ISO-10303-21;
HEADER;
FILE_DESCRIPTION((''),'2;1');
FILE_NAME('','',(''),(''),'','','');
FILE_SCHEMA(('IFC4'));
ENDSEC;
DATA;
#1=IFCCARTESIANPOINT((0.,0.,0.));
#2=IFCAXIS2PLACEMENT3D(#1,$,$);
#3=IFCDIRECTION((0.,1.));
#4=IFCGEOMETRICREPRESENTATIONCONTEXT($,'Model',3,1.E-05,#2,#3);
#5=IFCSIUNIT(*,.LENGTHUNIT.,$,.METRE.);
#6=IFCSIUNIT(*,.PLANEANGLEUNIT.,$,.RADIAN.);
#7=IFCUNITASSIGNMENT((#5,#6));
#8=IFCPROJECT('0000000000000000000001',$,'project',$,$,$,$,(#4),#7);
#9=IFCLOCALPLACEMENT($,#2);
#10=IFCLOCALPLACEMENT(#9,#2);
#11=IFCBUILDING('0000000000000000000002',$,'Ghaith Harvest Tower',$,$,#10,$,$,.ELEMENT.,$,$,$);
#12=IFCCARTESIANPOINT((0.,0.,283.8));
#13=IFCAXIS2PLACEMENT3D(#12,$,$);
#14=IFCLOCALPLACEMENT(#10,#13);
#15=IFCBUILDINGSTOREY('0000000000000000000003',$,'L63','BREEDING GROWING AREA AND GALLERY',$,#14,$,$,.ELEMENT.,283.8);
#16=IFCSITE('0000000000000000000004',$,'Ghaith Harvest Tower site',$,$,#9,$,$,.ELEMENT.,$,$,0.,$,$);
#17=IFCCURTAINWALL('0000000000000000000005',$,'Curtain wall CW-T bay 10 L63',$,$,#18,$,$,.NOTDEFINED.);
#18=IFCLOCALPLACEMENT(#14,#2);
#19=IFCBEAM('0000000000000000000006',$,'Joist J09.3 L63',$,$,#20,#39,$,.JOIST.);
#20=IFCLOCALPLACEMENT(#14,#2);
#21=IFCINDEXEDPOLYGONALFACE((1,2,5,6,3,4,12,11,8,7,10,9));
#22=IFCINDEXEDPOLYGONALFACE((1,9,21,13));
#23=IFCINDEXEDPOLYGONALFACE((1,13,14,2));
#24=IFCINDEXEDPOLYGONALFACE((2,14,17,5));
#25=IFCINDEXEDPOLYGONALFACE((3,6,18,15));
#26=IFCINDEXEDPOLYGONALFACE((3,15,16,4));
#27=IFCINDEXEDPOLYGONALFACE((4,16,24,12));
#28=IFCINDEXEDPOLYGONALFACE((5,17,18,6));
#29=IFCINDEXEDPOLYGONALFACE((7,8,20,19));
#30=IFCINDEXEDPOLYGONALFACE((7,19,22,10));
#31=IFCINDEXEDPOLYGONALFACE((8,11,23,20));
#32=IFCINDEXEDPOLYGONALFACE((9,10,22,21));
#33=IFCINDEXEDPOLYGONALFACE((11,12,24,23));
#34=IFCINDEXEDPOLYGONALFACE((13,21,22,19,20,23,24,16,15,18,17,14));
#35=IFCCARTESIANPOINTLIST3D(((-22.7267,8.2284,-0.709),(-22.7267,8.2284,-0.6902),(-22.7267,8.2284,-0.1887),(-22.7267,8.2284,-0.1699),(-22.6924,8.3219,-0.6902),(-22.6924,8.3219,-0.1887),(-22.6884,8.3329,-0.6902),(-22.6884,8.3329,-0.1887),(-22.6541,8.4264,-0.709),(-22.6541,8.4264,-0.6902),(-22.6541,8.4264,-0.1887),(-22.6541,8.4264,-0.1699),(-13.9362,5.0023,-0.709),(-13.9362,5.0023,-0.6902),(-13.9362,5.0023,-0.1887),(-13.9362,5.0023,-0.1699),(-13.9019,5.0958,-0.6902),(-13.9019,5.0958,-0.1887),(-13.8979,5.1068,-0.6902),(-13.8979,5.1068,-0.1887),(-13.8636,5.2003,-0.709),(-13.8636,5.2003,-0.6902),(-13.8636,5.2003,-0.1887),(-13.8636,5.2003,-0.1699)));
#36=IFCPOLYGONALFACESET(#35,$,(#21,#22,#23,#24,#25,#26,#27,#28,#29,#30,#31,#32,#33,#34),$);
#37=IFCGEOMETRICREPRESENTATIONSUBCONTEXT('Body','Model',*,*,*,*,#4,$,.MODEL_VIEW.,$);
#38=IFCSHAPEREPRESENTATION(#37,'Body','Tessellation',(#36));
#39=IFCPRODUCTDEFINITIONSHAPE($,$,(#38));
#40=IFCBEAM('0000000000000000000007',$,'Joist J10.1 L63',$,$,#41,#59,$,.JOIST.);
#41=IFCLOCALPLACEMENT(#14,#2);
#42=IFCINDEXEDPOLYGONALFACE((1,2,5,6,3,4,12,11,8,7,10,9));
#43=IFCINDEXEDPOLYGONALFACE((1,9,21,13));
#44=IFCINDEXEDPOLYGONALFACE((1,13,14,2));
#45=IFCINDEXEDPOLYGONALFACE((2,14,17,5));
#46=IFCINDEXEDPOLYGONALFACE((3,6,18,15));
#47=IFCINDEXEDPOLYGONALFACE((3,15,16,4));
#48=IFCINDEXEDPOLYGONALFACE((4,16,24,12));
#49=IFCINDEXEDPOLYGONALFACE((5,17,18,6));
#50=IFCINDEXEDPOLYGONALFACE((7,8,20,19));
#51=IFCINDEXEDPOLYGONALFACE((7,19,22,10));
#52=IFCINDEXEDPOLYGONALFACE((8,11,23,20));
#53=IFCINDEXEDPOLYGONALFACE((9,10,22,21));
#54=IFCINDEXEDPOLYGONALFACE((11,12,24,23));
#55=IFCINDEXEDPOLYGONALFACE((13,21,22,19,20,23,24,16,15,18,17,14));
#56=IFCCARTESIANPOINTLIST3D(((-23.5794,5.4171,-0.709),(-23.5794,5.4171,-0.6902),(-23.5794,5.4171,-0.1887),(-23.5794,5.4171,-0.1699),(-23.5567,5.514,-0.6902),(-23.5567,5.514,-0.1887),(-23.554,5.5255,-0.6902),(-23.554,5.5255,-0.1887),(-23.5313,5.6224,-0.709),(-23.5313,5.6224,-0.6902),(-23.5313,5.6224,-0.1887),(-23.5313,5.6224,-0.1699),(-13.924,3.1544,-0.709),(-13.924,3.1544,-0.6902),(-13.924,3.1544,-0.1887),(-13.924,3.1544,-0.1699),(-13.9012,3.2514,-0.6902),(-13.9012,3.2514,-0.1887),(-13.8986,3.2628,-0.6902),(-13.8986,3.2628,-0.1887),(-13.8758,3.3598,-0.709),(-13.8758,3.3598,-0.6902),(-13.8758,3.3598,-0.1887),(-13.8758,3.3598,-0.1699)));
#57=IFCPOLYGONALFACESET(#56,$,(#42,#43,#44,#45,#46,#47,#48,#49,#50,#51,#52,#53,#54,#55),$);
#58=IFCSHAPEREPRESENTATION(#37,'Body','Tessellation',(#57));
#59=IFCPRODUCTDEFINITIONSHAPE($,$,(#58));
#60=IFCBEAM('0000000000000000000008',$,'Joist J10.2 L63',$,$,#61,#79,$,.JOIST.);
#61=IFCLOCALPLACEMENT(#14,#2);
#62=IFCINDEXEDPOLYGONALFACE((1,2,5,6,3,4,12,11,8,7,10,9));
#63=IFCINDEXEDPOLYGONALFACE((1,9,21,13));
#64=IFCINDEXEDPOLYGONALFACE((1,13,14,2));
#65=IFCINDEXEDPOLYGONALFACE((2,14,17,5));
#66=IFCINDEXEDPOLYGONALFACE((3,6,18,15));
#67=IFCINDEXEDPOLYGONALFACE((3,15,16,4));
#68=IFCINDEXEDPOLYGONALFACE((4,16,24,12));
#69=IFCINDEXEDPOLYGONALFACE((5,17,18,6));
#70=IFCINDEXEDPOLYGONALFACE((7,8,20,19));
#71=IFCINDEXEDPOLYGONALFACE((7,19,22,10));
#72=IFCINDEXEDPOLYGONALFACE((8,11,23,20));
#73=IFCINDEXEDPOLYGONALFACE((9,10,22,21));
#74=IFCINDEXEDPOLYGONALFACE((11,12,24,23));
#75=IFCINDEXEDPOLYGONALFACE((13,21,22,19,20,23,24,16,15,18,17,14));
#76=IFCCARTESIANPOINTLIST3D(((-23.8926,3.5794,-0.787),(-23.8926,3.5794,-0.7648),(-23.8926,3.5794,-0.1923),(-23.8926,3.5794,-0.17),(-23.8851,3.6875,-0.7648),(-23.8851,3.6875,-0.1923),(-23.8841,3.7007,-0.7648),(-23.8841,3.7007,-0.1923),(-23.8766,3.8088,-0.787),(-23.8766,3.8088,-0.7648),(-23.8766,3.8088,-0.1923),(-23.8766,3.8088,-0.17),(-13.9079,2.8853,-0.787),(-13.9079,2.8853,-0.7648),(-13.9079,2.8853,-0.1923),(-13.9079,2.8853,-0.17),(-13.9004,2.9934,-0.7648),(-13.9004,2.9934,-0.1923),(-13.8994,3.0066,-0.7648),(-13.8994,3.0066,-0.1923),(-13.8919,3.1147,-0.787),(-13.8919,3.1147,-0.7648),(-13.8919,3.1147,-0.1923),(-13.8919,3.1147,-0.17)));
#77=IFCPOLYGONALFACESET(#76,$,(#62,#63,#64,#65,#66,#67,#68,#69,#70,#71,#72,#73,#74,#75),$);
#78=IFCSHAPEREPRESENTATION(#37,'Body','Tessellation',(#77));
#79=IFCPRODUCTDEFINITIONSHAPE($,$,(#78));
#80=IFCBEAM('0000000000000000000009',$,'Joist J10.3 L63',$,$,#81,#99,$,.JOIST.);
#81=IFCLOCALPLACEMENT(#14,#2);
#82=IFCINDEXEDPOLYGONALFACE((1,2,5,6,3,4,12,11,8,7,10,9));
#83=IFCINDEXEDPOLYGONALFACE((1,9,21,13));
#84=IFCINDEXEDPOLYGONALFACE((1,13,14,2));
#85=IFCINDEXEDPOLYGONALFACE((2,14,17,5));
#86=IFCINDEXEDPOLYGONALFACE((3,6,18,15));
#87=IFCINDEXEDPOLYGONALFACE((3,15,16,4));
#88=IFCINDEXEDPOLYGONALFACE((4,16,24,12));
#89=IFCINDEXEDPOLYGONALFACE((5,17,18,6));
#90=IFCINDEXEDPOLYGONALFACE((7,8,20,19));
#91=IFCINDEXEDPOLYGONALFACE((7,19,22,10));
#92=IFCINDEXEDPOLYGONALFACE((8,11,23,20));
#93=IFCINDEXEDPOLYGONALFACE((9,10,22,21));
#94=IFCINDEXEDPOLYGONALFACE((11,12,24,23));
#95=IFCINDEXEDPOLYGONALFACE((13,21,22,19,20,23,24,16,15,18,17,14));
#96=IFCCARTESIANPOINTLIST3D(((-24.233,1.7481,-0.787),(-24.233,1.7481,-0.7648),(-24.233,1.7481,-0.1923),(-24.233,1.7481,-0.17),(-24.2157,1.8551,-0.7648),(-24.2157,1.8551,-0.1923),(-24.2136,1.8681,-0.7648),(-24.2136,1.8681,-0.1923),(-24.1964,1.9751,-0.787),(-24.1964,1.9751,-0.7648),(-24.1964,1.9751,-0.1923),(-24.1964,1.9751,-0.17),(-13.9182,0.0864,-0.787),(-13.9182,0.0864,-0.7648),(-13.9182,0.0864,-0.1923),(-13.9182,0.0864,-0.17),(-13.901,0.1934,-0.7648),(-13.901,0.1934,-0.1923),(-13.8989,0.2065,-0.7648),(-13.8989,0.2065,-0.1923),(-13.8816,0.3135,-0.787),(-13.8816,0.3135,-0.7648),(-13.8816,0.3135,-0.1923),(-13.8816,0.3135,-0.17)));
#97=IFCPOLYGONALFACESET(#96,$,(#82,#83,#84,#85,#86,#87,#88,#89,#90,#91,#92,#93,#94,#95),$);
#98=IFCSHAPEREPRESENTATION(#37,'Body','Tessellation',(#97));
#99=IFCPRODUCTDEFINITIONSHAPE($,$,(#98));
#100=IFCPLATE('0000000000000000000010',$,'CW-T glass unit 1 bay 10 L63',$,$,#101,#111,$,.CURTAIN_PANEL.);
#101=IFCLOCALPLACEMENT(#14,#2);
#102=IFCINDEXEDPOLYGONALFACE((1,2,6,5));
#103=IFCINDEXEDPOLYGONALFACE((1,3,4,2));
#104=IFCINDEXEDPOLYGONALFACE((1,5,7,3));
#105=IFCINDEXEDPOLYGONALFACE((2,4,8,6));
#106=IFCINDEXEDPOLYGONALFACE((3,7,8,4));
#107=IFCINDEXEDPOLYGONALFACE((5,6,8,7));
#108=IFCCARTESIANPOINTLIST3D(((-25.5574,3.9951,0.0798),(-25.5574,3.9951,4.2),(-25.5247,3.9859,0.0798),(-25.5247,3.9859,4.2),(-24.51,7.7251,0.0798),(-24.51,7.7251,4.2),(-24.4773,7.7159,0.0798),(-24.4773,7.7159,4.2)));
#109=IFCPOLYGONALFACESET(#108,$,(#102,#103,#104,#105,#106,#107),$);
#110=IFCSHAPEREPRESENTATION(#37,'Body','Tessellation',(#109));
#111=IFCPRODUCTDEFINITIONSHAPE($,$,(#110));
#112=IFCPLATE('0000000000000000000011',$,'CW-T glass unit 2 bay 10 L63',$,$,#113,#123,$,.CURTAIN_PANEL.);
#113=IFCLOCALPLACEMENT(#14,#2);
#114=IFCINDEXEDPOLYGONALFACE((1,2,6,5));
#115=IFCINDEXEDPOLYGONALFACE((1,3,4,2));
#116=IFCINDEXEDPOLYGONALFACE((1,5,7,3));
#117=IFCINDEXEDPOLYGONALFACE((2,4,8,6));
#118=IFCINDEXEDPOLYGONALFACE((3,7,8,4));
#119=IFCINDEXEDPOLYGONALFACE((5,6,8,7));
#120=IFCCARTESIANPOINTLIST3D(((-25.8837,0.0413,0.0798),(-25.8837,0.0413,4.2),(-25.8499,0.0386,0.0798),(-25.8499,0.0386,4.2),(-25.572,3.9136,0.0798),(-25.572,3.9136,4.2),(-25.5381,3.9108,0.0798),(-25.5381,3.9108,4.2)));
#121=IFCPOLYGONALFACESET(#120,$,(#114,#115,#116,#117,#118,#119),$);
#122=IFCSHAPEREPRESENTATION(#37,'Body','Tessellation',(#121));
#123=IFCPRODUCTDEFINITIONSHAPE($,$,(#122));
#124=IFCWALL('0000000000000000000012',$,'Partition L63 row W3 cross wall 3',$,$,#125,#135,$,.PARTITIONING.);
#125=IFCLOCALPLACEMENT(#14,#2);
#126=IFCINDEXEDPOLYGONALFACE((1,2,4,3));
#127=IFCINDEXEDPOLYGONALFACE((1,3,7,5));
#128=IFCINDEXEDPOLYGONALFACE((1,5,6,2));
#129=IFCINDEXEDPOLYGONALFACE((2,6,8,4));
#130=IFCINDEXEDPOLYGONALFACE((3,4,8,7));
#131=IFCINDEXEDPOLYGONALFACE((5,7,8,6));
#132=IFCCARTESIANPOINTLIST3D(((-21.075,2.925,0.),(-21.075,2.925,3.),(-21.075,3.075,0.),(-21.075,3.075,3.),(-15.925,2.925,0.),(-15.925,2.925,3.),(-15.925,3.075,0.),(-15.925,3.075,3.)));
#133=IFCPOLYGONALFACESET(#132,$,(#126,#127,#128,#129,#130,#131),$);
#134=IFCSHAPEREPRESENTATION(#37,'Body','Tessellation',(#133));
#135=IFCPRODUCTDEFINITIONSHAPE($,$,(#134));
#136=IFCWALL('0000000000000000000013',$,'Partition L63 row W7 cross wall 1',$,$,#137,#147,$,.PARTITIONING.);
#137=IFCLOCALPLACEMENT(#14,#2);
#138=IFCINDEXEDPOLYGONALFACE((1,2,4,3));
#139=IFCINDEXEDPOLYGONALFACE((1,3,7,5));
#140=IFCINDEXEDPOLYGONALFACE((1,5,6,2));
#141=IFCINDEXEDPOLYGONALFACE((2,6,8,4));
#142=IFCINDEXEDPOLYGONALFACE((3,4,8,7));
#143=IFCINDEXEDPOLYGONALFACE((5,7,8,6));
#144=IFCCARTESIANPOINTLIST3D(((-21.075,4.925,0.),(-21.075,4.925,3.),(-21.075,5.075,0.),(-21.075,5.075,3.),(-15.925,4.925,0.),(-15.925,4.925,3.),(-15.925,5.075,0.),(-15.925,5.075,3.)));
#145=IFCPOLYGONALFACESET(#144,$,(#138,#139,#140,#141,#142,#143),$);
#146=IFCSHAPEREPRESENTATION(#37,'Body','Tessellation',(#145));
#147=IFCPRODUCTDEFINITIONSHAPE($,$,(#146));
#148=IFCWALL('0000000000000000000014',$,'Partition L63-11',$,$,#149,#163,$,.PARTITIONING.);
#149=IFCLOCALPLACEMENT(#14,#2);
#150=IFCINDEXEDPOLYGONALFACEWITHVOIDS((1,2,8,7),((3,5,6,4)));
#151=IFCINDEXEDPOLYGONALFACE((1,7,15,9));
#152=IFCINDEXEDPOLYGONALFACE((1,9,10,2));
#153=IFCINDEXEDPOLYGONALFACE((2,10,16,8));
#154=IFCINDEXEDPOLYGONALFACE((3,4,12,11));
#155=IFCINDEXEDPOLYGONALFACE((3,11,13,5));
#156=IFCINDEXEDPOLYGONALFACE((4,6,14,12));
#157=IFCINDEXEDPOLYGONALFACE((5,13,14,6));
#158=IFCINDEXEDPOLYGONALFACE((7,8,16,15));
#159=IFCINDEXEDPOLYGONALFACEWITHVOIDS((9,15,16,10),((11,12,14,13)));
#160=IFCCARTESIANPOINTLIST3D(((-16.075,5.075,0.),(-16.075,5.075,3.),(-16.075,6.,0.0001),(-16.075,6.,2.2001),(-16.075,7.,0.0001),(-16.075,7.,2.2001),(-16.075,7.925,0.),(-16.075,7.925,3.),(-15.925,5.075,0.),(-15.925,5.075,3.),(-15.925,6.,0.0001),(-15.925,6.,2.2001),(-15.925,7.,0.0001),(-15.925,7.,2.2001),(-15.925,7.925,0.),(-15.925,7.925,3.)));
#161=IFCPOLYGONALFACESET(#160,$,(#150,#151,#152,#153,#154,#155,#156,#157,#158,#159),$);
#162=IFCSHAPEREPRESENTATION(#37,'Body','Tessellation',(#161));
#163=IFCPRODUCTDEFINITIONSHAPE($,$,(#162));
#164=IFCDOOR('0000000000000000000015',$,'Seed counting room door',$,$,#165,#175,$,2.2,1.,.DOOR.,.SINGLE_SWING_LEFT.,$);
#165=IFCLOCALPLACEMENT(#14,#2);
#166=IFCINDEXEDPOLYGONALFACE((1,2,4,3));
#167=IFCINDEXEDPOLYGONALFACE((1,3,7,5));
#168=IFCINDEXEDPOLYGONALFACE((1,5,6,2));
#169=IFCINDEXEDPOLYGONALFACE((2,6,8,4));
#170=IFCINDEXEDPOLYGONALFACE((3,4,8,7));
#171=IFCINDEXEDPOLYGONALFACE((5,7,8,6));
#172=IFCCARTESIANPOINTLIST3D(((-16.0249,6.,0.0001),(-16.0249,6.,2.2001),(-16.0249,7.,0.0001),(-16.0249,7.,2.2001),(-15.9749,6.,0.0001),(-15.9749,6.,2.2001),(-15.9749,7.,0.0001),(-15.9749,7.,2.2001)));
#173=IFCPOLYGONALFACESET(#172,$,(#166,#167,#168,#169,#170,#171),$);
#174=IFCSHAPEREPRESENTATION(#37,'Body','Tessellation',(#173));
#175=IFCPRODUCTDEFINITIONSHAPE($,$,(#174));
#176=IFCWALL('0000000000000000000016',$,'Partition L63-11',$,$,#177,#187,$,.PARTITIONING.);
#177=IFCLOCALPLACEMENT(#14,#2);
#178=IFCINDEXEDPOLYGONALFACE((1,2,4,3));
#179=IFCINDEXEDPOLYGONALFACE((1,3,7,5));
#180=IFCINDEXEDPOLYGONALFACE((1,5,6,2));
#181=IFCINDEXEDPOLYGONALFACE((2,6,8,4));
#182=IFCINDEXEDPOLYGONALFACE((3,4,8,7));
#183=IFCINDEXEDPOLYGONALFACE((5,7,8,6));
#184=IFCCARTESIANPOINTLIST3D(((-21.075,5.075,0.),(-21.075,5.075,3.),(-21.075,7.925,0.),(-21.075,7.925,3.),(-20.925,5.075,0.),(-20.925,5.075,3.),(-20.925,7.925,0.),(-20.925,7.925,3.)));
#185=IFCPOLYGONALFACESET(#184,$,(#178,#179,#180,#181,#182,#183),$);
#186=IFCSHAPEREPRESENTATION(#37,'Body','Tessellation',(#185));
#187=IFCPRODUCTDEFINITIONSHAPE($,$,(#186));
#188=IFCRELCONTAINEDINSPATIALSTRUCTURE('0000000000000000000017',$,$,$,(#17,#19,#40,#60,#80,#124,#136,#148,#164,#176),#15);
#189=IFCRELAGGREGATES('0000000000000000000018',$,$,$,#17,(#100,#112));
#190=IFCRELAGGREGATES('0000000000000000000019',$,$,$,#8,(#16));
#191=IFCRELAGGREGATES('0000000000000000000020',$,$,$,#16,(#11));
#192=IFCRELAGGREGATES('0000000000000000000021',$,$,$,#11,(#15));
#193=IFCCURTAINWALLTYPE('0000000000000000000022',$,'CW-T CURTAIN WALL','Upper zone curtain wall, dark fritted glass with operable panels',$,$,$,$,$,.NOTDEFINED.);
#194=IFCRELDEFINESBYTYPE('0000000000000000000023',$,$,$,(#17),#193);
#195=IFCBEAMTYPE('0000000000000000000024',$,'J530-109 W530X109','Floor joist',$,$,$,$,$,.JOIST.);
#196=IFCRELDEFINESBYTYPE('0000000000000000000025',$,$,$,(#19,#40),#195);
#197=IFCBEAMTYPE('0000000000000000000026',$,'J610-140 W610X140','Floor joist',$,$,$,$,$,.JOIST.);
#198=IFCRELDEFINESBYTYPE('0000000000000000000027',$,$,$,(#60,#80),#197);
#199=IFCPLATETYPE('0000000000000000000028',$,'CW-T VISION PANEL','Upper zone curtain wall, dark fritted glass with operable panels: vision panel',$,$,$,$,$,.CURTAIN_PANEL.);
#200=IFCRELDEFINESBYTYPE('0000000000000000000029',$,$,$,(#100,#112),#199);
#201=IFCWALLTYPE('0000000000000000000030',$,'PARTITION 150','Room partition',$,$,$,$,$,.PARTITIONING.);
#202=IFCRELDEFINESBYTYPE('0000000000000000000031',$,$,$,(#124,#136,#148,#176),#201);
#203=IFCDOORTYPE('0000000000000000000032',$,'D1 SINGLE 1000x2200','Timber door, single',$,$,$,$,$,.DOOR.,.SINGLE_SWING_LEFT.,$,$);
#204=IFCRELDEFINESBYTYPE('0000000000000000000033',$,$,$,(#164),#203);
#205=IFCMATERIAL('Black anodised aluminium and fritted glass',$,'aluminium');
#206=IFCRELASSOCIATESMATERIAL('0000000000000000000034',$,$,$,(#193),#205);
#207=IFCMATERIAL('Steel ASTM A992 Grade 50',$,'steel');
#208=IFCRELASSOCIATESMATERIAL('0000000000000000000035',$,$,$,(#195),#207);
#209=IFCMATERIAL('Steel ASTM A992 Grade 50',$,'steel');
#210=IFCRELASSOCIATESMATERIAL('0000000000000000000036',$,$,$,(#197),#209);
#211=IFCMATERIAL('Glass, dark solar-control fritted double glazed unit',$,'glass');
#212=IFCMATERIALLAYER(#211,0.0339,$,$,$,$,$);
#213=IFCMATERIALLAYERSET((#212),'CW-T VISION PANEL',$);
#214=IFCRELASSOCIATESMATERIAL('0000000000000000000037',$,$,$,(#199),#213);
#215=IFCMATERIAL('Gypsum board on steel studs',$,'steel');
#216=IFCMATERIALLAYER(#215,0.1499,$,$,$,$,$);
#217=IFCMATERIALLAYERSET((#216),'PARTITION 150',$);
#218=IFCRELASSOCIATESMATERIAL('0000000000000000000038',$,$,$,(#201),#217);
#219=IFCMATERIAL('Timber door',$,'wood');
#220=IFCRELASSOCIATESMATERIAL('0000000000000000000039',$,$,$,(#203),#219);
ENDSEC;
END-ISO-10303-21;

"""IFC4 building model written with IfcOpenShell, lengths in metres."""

from ifc_helpers import new_model, si_unit, direction, frame, frame_2d, origin, origin_2d, place, context, subcontext, project, spatial, rectangle, i_section, extrude, material, layer, layer_set, material_profile, profile_set, type_object, element, fill, aggregate, save


model = new_model("IFC4")

# Units and contexts
model_context = context("Model", 3, precision=1e-05, world=origin(), true_north=direction((0.0, 1.0)))
body_context = subcontext(model_context, "Body", "Model", "MODEL_VIEW")
ifc_project = project(units=[si_unit("LENGTHUNIT", "METRE"), si_unit("PLANEANGLEUNIT", "RADIAN")], contexts=[model_context])

# Site, building, storey
site_placement = place(None, origin())
site = spatial("IfcSite", under=ifc_project, at=site_placement, Name="Ghaith Harvest Tower site", CompositionType="ELEMENT", RefElevation=0.0)
building_placement = place(site_placement, origin())
building = spatial("IfcBuilding", under=site, at=building_placement, Name="Ghaith Harvest Tower", CompositionType="ELEMENT")
storey_placement = place(building_placement, frame((0.0, 0.0, 283.8)))
storey = spatial("IfcBuildingStorey", under=building, at=storey_placement, Name="L63", Description="BREEDING GROWING AREA AND GALLERY", CompositionType="ELEMENT", Elevation=283.8)

# Curtain wall
ifc_material_1 = material(Name="Black anodised aluminium and fritted glass", Category="aluminium")
curtain_wall_type = type_object("IfcCurtainWallType", Name="CW-T CURTAIN WALL", Description="Upper zone curtain wall, dark fritted glass with operable panels", PredefinedType="NOTDEFINED", material=ifc_material_1)
curtain_wall_placement = place(storey_placement, origin())
curtain_wall = element("IfcCurtainWall", 1, at=curtain_wall_placement, inside=storey, type_object=curtain_wall_type, Name="Curtain wall CW-T bay 10 L63", PredefinedType="NOTDEFINED")

# Beams
ifc_material_2 = material(Name="Steel ASTM A992 Grade 50", Category="steel")
ifc_material_profile_1 = material_profile(ifc_material_2, i_section(OverallWidth=0.2109, OverallDepth=0.5391, WebThickness=0.0117, FlangeThickness=0.0188, at=origin_2d()), Name="W530X109")
ifc_profile_set_1 = profile_set([ifc_material_profile_1], Name="Steel ASTM A992 Grade 50")
beam_type_1 = type_object("IfcBeamType", Name="J530-109 W530X109", Description="Floor joist", PredefinedType="JOIST", material=ifc_profile_set_1)
beam_1_placement = place(storey_placement, frame((-13.8999, 5.1013, -0.4395), z_axis=(-0.938777, 0.344526, 0.0), x_axis=(-0.344526, -0.938777, 0.0)))
element("IfcBeam", 2, at=beam_1_placement, inside=storey, type_object=beam_type_1, Name="Joist J09.3 L63", PredefinedType="JOIST", context=body_context, shape_type="SweptSolid", body=[
    extrude(i_section(OverallWidth=0.2109, OverallDepth=0.5391, WebThickness=0.0117, FlangeThickness=0.0188, at=origin_2d()), origin(), (0.0, 0.0, 1.0), 9.3638),
])
beam_2_placement = place(storey_placement, frame((-13.8999, 3.2571, -0.4395), z_axis=(-0.973623, 0.228161, 0.0), x_axis=(-0.228161, -0.973623, 0.0)))
element("IfcBeam", 3, at=beam_2_placement, inside=storey, type_object=beam_type_1, Name="Joist J10.1 L63", PredefinedType="JOIST", context=body_context, shape_type="SweptSolid", body=[
    extrude(i_section(OverallWidth=0.2109, OverallDepth=0.5391, WebThickness=0.0117, FlangeThickness=0.0188, at=origin_2d()), origin(), (0.0, 0.0, 1.0), 9.917),
])
ifc_material_3 = material(Name="Steel ASTM A992 Grade 50", Category="steel")
ifc_material_profile_2 = material_profile(ifc_material_3, i_section(OverallWidth=0.23, OverallDepth=0.6169, WebThickness=0.0132, FlangeThickness=0.0222, at=origin_2d()), Name="W610X140")
ifc_profile_set_2 = profile_set([ifc_material_profile_2], Name="Steel ASTM A992 Grade 50")
beam_type_2 = type_object("IfcBeamType", Name="J610-140 W610X140", Description="Floor joist", PredefinedType="JOIST", material=ifc_profile_set_2)
beam_3_placement = place(storey_placement, frame((-13.8999, 3.0, -0.4785), z_axis=(-0.997592, 0.069349, 0.0), x_axis=(-0.069349, -0.997592, 0.0)))
element("IfcBeam", 4, at=beam_3_placement, inside=storey, type_object=beam_type_2, Name="Joist J10.2 L63", PredefinedType="JOIST", context=body_context, shape_type="SweptSolid", body=[
    extrude(i_section(OverallWidth=0.23, OverallDepth=0.6169, WebThickness=0.0132, FlangeThickness=0.0222, at=origin_2d()), origin(), (0.0, 0.0, 1.0), 10.0088),
])
beam_4_placement = place(storey_placement, frame((-13.8999, 0.2, -0.4785), z_axis=(-0.987272, 0.159042, 0.0), x_axis=(-0.159042, -0.987272, 0.0)))
element("IfcBeam", 5, at=beam_4_placement, inside=storey, type_object=beam_type_2, Name="Joist J10.3 L63", PredefinedType="JOIST", context=body_context, shape_type="SweptSolid", body=[
    extrude(i_section(OverallWidth=0.23, OverallDepth=0.6169, WebThickness=0.0132, FlangeThickness=0.0222, at=origin_2d()), origin(), (0.0, 0.0, 1.0), 10.4478),
])

# Plates
ifc_material_4 = material(Name="Glass, dark solar-control fritted double glazed unit", Category="glass")
ifc_layer_1 = layer(ifc_material_4, 0.0339)
ifc_layer_set_1 = layer_set([ifc_layer_1], Name="CW-T VISION PANEL")
plate_type = type_object("IfcPlateType", Name="CW-T VISION PANEL", Description="Upper zone curtain wall, dark fritted glass with operable panels: vision panel", PredefinedType="CURTAIN_PANEL", material=ifc_layer_set_1)
plate_1_placement = place(storey_placement, frame((-25.0173, 5.8555, 0.0798), z_axis=(0.0, 0.0, 1.0), x_axis=(-0.270355, -0.962761, 0.0)))
plate_1 = element("IfcPlate", 6, at=plate_1_placement, type_object=plate_type, Name="CW-T glass unit 1 bay 10 L63", PredefinedType="CURTAIN_PANEL", context=body_context, shape_type="SweptSolid", body=[
    extrude(rectangle(XDim=3.8743, YDim=0.0339, at=origin_2d()), origin(), (0.0, 0.0, 1.0), 4.1201),
])
plate_2_placement = place(storey_placement, frame((-25.7109, 1.9761, 0.0798), z_axis=(0.0, 0.0, 1.0), x_axis=(-0.080258, -0.996774, 0.0)))
plate_2 = element("IfcPlate", 7, at=plate_2_placement, type_object=plate_type, Name="CW-T glass unit 2 bay 10 L63", PredefinedType="CURTAIN_PANEL", context=body_context, shape_type="SweptSolid", body=[
    extrude(rectangle(XDim=3.8848, YDim=0.0339, at=origin_2d()), origin(), (0.0, 0.0, 1.0), 4.1201),
])
aggregate(curtain_wall, [plate_1, plate_2])

# Walls
ifc_material_5 = material(Name="Gypsum board on steel studs", Category="steel")
ifc_layer_2 = layer(ifc_material_5, 0.1499)
ifc_layer_set_2 = layer_set([ifc_layer_2], Name="PARTITION 150")
wall_type_1 = type_object("IfcWallType", Name="PARTITION 150", Description="Room partition", PredefinedType="PARTITIONING", material=ifc_layer_set_2)
for number, where, z_axis, x_axis, name in (
    (8, (-15.925, 3.0, 0.0), (0.0, 0.0, 1.0), (-1.0, 0.0, 0.0), "Partition L63 row W3 cross wall 3"),
    (9, (-15.925, 5.0, 0.0), (0.0, 0.0, 1.0), (-1.0, 0.0, 0.0), "Partition L63 row W7 cross wall 1"),
):
    element("IfcWall", number, at=place(storey_placement, frame(where, z_axis=z_axis, x_axis=x_axis)), inside=storey, type_object=wall_type_1, Name=name, PredefinedType="PARTITIONING", context=body_context, shape_type="SweptSolid", body=[
        extrude(rectangle(XDim=5.1499, YDim=0.1499, at=frame_2d((2.575, 0.0))), origin(), (0.0, 0.0, 1.0), 3.0),
    ])

# Wall, opening, door
wall_1_placement = place(storey_placement, frame((-16.0, 5.075, 0.0), z_axis=(0.0, 0.0, 1.0), x_axis=(0.0, 1.0, 0.0)))
wall_1 = element("IfcWall", 10, at=wall_1_placement, inside=storey, type_object=wall_type_1, Name="Partition L63-11", PredefinedType="PARTITIONING", context=body_context, shape_type="SweptSolid", body=[
    extrude(rectangle(XDim=2.8501, YDim=0.1499, at=frame_2d((1.425, 0.0))), origin(), (0.0, 0.0, 1.0), 3.0),
])
opening_placement = place(wall_1_placement, frame((0.925, 0.0, 0.0)))
opening = element("IfcOpeningElement", 11, at=opening_placement, cuts=wall_1, PredefinedType="OPENING", context=body_context, shape_type="SweptSolid", body=[
    extrude(rectangle(XDim=1.0, YDim=2.2, at=frame_2d((0.5, 1.1001))), frame((0.0, 0.085, 0.0), z_axis=(0.0, -1.0, 0.0), x_axis=(1.0, 0.0, 0.0)), (0.0, 0.0, 1.0), 0.1699),
])
ifc_material_6 = material(Name="Timber door", Category="wood")
door_type = type_object("IfcDoorType", Name="D1 SINGLE 1000x2200", Description="Timber door, single", OperationType="SINGLE_SWING_LEFT", PredefinedType="DOOR", material=ifc_material_6)
door_placement = place(opening_placement, origin())
door = element("IfcDoor", 12, at=door_placement, inside=storey, type_object=door_type, Name="Seed counting room door", OperationType="SINGLE_SWING_LEFT", OverallHeight=2.2, OverallWidth=1.0, PredefinedType="DOOR", context=body_context, shape_type="SweptSolid", body=[
    extrude(rectangle(XDim=1.0, YDim=2.2, at=frame_2d((0.5, 1.1001))), frame((0.0, 0.0249, 0.0), z_axis=(0.0, -1.0, 0.0), x_axis=(1.0, 0.0, 0.0)), (0.0, 0.0, 1.0), 0.05),
])
fill(opening, door)

# Wall
wall_2_placement = place(storey_placement, frame((-21.0, 5.075, 0.0), z_axis=(0.0, 0.0, 1.0), x_axis=(0.0, 1.0, 0.0)))
element("IfcWall", 13, at=wall_2_placement, inside=storey, type_object=wall_type_1, Name="Partition L63-11", PredefinedType="PARTITIONING", context=body_context, shape_type="SweptSolid", body=[
    extrude(rectangle(XDim=2.8501, YDim=0.1499, at=frame_2d((1.425, 0.0))), origin(), (0.0, 0.0, 1.0), 3.0),
])

save(model, "model.ifc")
